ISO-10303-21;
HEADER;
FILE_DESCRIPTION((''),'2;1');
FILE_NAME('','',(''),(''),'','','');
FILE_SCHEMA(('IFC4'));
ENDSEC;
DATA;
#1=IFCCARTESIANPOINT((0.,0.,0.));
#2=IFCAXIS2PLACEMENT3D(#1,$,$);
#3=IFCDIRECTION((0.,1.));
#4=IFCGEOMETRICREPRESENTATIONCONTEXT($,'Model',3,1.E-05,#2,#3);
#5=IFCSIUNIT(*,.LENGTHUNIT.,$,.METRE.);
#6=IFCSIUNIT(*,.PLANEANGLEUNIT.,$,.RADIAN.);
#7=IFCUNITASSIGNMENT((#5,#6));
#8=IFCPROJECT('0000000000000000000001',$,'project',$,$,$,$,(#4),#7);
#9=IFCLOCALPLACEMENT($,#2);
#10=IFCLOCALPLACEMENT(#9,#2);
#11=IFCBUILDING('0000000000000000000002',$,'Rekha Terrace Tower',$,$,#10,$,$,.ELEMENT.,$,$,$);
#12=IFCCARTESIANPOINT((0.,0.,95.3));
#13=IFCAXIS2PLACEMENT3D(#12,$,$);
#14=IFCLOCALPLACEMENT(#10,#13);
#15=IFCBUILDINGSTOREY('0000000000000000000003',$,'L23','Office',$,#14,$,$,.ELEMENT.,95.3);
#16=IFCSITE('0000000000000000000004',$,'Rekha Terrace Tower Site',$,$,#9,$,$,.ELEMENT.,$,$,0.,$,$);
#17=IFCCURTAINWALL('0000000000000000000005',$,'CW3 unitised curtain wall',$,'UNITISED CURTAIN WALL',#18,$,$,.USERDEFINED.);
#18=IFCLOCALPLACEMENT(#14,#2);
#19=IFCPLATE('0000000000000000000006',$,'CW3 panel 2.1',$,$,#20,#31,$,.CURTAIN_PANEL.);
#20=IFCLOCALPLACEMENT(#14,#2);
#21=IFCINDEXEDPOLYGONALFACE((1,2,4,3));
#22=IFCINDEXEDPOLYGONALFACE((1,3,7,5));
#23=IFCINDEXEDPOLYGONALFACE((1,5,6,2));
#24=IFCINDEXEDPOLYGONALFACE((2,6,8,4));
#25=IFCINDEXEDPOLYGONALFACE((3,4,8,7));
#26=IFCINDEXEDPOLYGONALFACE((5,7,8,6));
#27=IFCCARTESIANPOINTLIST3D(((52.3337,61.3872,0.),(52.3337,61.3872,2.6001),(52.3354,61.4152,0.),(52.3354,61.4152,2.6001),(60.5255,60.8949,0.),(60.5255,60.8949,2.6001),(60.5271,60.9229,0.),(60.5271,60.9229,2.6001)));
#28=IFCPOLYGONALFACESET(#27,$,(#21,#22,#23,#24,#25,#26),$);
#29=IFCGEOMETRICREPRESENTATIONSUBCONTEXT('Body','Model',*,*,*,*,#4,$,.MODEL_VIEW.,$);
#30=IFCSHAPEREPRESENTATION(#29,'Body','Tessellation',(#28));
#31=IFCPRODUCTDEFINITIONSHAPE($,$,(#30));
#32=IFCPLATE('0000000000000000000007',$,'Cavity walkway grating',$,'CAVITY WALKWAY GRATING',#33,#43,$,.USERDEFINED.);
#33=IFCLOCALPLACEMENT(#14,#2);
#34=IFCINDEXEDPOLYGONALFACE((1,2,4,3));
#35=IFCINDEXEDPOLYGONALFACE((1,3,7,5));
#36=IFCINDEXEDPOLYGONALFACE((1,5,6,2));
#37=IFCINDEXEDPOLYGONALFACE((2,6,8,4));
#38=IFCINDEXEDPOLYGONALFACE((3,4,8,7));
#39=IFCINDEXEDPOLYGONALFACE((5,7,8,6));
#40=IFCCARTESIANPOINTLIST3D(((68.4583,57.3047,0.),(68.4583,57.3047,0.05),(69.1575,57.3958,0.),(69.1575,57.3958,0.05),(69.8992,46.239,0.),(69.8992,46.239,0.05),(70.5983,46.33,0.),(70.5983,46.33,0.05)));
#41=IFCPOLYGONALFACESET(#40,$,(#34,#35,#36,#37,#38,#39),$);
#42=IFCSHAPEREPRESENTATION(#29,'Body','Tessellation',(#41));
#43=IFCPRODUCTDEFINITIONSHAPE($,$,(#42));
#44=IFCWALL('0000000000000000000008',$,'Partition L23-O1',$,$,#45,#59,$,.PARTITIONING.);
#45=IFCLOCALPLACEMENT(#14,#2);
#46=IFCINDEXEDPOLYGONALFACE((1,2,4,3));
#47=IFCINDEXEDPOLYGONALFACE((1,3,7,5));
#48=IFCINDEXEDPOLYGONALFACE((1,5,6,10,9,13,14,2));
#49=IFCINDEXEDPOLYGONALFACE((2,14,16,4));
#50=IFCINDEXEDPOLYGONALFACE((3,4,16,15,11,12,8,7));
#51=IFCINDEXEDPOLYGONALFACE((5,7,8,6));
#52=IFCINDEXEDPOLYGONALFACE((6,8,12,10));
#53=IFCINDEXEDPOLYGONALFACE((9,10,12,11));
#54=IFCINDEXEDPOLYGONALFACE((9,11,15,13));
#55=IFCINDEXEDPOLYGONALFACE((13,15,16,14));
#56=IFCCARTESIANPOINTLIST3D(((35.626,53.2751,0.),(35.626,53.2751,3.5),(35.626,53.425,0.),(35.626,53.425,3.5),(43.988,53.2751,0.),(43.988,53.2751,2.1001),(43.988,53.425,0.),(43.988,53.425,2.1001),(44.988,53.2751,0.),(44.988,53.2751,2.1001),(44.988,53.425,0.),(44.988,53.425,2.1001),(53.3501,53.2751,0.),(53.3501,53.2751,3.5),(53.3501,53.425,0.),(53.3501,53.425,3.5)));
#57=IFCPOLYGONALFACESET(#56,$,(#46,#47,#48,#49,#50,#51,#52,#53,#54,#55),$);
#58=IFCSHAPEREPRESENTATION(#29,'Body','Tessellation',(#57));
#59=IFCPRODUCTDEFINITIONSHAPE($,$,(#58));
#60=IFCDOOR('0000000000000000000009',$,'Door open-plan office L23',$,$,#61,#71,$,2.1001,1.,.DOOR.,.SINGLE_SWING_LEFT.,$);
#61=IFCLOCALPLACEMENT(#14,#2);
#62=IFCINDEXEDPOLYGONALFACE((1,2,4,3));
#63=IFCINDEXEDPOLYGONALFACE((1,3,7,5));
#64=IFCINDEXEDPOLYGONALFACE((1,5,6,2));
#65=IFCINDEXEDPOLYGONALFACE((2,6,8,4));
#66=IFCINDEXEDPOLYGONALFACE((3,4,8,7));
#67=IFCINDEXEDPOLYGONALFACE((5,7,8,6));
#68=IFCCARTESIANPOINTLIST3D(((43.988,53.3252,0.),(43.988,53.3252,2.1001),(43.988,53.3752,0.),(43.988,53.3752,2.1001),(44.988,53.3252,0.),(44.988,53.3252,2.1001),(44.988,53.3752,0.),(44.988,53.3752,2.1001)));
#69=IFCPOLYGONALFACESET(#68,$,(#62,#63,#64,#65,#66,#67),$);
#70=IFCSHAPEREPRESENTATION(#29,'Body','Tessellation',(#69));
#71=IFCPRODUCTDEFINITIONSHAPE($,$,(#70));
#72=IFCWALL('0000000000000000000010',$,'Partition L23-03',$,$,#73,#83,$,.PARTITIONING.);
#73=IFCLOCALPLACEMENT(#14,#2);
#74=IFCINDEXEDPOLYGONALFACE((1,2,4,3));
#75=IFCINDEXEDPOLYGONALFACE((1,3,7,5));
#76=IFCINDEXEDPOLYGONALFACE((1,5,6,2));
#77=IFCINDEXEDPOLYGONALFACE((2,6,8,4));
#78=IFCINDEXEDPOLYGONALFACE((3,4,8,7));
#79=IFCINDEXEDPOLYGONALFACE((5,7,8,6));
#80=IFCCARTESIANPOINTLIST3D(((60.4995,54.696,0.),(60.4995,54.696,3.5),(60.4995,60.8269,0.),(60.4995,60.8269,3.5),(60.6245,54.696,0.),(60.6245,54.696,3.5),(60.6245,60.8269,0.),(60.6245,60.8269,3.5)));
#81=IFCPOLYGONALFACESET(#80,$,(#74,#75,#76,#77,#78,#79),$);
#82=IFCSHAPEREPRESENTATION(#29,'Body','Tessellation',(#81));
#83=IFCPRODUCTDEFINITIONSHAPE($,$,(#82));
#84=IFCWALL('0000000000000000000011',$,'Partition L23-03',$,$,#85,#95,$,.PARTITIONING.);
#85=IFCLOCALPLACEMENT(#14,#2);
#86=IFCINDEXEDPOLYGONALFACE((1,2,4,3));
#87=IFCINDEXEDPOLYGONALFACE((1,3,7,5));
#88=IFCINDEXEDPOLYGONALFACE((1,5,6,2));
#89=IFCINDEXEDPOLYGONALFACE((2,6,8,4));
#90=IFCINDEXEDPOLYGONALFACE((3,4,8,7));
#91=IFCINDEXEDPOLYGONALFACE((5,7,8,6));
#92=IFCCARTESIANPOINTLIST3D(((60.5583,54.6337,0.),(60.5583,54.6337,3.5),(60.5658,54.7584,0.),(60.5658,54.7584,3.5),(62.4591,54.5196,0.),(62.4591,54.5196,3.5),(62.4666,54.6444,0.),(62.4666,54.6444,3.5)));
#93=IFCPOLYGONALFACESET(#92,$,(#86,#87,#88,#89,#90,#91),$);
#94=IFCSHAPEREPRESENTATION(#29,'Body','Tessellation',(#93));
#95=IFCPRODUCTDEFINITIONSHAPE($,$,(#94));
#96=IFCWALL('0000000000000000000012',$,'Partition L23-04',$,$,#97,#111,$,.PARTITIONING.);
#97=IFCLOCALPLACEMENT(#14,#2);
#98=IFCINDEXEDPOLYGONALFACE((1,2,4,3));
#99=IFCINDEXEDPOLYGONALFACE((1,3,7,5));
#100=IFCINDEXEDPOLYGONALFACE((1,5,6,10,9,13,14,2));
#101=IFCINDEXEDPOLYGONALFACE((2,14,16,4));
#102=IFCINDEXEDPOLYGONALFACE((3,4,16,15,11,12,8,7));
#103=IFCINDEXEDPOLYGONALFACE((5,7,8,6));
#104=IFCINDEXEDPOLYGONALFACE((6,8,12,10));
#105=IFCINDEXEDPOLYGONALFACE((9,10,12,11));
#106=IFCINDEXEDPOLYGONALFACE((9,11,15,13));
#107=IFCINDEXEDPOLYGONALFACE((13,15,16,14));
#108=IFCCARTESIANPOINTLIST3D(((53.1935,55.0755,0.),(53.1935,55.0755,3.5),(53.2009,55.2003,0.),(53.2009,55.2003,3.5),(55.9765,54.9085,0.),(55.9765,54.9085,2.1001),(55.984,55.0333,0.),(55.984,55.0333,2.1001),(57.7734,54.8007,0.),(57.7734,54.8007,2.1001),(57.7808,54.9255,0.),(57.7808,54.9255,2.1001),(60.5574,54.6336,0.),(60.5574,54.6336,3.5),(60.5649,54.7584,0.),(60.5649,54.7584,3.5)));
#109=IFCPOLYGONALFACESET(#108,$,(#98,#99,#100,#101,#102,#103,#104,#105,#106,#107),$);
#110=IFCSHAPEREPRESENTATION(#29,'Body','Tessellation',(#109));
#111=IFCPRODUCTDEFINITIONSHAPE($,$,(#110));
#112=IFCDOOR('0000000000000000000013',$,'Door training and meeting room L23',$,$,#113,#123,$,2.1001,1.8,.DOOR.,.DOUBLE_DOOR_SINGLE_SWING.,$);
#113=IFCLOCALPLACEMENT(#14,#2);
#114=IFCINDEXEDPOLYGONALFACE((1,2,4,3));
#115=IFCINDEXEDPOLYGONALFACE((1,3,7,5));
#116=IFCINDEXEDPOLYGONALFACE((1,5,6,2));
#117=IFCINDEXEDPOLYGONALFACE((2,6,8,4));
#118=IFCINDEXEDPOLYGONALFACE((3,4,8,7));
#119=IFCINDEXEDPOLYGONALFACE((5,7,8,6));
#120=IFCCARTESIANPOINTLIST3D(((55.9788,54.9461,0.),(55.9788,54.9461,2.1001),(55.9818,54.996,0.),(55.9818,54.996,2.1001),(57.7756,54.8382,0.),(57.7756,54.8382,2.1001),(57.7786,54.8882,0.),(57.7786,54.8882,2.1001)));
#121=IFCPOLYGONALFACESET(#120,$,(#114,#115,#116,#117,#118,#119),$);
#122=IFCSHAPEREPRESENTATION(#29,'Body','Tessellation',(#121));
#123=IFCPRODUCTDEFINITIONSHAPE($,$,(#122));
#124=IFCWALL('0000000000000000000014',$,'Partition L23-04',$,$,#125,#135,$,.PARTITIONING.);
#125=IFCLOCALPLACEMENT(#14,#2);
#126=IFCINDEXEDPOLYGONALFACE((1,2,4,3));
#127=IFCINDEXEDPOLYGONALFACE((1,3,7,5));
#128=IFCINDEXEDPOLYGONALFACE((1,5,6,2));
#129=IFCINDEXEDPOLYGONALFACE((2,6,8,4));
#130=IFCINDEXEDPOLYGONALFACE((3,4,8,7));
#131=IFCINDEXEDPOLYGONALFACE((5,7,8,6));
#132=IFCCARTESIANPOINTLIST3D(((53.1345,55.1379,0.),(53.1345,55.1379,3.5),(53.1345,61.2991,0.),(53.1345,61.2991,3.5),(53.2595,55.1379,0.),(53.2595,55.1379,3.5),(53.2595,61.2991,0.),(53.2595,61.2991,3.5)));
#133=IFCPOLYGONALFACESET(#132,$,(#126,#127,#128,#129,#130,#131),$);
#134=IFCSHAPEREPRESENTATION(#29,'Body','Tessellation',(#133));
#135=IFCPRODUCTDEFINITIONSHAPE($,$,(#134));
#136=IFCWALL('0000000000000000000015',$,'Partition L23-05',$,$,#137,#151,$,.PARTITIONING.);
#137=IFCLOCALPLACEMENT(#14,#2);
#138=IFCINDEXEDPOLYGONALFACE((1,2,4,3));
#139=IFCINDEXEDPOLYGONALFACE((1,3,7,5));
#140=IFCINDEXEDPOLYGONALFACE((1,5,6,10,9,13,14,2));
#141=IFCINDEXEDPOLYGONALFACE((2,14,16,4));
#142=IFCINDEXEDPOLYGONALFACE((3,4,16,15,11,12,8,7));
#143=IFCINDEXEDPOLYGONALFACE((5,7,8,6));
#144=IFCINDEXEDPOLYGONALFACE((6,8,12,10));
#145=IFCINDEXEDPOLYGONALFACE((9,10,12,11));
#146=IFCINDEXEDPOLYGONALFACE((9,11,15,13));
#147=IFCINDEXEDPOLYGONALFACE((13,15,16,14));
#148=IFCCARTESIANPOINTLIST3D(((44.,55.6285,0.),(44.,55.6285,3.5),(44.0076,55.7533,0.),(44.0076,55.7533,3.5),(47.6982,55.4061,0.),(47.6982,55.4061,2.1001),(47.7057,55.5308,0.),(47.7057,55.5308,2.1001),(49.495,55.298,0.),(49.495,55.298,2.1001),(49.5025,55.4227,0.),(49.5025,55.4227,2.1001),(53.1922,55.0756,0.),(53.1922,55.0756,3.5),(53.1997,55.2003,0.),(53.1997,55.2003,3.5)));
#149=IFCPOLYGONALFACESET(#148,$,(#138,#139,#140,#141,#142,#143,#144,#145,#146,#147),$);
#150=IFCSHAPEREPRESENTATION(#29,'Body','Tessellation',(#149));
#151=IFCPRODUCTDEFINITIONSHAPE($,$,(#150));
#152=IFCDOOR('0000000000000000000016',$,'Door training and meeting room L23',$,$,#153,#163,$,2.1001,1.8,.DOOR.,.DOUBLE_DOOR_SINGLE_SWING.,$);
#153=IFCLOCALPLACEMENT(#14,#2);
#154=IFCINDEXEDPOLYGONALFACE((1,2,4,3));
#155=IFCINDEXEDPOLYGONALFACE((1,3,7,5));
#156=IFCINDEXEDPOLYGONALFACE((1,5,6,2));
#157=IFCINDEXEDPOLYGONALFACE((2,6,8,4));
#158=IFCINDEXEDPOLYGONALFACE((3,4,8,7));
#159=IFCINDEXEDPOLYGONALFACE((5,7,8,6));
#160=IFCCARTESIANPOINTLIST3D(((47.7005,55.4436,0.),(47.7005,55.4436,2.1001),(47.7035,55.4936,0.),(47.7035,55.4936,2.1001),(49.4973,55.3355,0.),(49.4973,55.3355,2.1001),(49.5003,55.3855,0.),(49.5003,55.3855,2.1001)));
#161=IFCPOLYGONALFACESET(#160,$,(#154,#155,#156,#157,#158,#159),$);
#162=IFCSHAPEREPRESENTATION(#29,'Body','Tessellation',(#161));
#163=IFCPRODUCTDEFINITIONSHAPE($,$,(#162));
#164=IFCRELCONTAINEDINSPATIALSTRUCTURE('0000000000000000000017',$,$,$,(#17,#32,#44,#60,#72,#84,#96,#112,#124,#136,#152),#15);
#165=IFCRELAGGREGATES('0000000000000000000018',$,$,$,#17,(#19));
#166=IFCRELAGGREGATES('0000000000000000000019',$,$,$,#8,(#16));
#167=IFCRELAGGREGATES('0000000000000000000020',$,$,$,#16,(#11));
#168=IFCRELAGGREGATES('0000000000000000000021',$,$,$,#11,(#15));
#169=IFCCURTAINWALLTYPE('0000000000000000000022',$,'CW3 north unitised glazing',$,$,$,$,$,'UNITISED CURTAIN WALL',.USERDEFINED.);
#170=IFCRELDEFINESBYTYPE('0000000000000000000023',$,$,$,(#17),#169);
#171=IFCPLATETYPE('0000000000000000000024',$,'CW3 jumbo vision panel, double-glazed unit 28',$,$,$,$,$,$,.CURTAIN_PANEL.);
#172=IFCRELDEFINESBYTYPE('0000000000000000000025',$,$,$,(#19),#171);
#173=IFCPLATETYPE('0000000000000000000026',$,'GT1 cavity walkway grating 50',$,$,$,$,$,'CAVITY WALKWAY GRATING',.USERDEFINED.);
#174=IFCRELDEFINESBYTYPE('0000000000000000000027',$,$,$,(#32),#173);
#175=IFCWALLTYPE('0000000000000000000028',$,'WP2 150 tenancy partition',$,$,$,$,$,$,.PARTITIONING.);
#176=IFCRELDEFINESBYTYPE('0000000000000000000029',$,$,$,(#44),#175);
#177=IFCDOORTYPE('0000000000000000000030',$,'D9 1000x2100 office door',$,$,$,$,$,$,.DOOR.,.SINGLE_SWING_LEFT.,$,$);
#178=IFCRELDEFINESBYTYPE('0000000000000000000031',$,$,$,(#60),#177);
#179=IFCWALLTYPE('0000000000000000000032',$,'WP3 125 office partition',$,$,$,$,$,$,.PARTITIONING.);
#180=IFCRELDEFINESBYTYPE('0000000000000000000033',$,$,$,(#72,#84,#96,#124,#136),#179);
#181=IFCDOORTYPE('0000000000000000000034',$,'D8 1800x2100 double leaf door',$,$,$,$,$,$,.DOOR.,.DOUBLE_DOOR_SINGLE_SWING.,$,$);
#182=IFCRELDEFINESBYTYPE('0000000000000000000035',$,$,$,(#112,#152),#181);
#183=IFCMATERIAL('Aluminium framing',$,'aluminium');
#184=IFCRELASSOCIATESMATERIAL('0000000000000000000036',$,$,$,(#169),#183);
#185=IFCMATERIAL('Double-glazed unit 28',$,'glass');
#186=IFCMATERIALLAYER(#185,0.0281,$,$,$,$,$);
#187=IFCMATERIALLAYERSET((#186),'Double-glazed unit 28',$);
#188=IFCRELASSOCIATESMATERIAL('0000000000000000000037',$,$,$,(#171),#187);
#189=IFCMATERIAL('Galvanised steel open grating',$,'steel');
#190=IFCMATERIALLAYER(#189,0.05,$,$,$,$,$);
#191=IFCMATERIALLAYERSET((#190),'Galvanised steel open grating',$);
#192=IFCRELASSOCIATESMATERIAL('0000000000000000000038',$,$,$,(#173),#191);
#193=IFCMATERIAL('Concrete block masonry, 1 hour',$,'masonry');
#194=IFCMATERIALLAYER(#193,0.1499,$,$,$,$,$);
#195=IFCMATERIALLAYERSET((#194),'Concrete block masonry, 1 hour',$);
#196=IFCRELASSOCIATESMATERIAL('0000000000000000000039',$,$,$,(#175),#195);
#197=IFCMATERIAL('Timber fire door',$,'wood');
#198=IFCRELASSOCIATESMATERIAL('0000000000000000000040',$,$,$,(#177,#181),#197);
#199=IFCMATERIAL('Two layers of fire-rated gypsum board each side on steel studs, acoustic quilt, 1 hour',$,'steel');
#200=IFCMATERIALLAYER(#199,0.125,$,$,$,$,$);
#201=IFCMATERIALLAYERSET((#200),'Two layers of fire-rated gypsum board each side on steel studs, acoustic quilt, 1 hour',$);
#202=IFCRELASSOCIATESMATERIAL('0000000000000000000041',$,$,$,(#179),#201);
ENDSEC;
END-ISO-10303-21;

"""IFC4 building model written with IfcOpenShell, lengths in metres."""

from ifc_helpers import new_model, si_unit, direction, frame, frame_2d, origin, origin_2d, place, context, subcontext, project, spatial, rectangle, extrude, material, layer, layer_set, type_object, element, fill, aggregate, save


model = new_model("IFC4")

# Units and contexts
model_context = context("Model", 3, precision=1e-05, world=origin(), true_north=direction((0.0, 1.0)))
body_context = subcontext(model_context, "Body", "Model", "MODEL_VIEW")
ifc_project = project(units=[si_unit("LENGTHUNIT", "METRE"), si_unit("PLANEANGLEUNIT", "RADIAN")], contexts=[model_context])

# Site, building, storey
site_placement = place(None, origin())
site = spatial("IfcSite", under=ifc_project, at=site_placement, Name="Rekha Terrace Tower Site", CompositionType="ELEMENT", RefElevation=0.0)
building_placement = place(site_placement, origin())
building = spatial("IfcBuilding", under=site, at=building_placement, Name="Rekha Terrace Tower", CompositionType="ELEMENT")
storey_placement = place(building_placement, frame((0.0, 0.0, 95.3)))
storey = spatial("IfcBuildingStorey", under=building, at=storey_placement, Name="L23", Description="Office", CompositionType="ELEMENT", Elevation=95.3)

# Shared definitions
ifc_material_1 = material(Name="Aluminium framing", Category="aluminium")

# Curtain wall
curtain_wall_type_1 = type_object("IfcCurtainWallType", Name="CW3 north unitised glazing", ElementType="UNITISED CURTAIN WALL", PredefinedType="USERDEFINED", material=ifc_material_1)
curtain_wall_1_placement = place(storey_placement, origin())
curtain_wall_1 = element("IfcCurtainWall", 1, at=curtain_wall_1_placement, inside=storey, type_object=curtain_wall_type_1, Name="CW3 unitised curtain wall", ObjectType="UNITISED CURTAIN WALL", PredefinedType="USERDEFINED")

# Plates
ifc_material_2 = material(Name="Double-glazed unit 28", Category="glass")
ifc_layer_1 = layer(ifc_material_2, 0.0281)
ifc_layer_set_1 = layer_set([ifc_layer_1], Name="Double-glazed unit 28")
plate_type_1 = type_object("IfcPlateType", Name="CW3 jumbo vision panel, double-glazed unit 28", PredefinedType="CURTAIN_PANEL", material=ifc_layer_set_1)
plate_1_placement = place(storey_placement, frame((56.4304, 61.155, 0.0), z_axis=(0.0, 0.0, 1.0), x_axis=(-0.998199, 0.059988, 0.0)))
plate_1 = element("IfcPlate", 2, at=plate_1_placement, type_object=plate_type_1, Name="CW3 panel 2.1", PredefinedType="CURTAIN_PANEL", context=body_context, shape_type="SweptSolid", body=[
    extrude(rectangle(XDim=8.2065, YDim=0.0281, at=origin_2d()), origin(), (0.0, 0.0, 1.0), 2.6001),
])
aggregate(curtain_wall_1, [plate_1])
ifc_material_3 = material(Name="Galvanised steel open grating", Category="steel")
ifc_layer_2 = layer(ifc_material_3, 0.05)
ifc_layer_set_2 = layer_set([ifc_layer_2], Name="Galvanised steel open grating")
plate_type_2 = type_object("IfcPlateType", Name="GT1 cavity walkway grating 50", ElementType="CAVITY WALKWAY GRATING", PredefinedType="USERDEFINED", material=ifc_layer_set_2)
plate_2_placement = place(storey_placement, frame((69.5283, 51.8174, 0.0), z_axis=(0.0, 0.0, 1.0), x_axis=(-0.129118, 0.991629, 0.0)))
element("IfcPlate", 3, at=plate_2_placement, inside=storey, type_object=plate_type_2, Name="Cavity walkway grating", ObjectType="CAVITY WALKWAY GRATING", PredefinedType="USERDEFINED", context=body_context, shape_type="SweptSolid", body=[
    extrude(rectangle(XDim=11.1592, YDim=0.7051, at=origin_2d()), origin(), (0.0, 0.0, 1.0), 0.05),
])

# Wall, opening, door
ifc_material_4 = material(Name="Concrete block masonry, 1 hour", Category="masonry")
ifc_layer_3 = layer(ifc_material_4, 0.1499)
ifc_layer_set_3 = layer_set([ifc_layer_3], Name="Concrete block masonry, 1 hour")
wall_type_1 = type_object("IfcWallType", Name="WP2 150 tenancy partition", PredefinedType="PARTITIONING", material=ifc_layer_set_3)
wall_1_placement = place(storey_placement, frame((53.3501, 53.3501, 0.0), z_axis=(0.0, 0.0, 1.0), x_axis=(-1.0, 0.0, 0.0)))
wall_1 = element("IfcWall", 4, at=wall_1_placement, inside=storey, type_object=wall_type_1, Name="Partition L23-O1", PredefinedType="PARTITIONING", context=body_context, shape_type="SweptSolid", body=[
    extrude(rectangle(XDim=17.7241, YDim=0.1499, at=frame_2d((8.8621, 0.0))), origin(), (0.0, 0.0, 1.0), 3.5),
])
opening_1_placement = place(wall_1_placement, frame((8.3621, 0.0, 0.0)))
opening_1 = element("IfcOpeningElement", 5, at=opening_1_placement, cuts=wall_1, PredefinedType="OPENING", context=body_context, shape_type="SweptSolid", body=[
    extrude(rectangle(XDim=1.0, YDim=2.1001, at=frame_2d((0.5, 1.05))), frame((0.0, 0.085, 0.0), z_axis=(0.0, -1.0, 0.0), x_axis=(1.0, 0.0, 0.0)), (0.0, 0.0, 1.0), 0.1699),
])
ifc_material_5 = material(Name="Timber fire door", Category="wood")
door_type_1 = type_object("IfcDoorType", Name="D9 1000x2100 office door", OperationType="SINGLE_SWING_LEFT", PredefinedType="DOOR", material=ifc_material_5)
door_1_placement = place(opening_1_placement, origin())
door_1 = element("IfcDoor", 6, at=door_1_placement, inside=storey, type_object=door_type_1, Name="Door open-plan office L23", OperationType="SINGLE_SWING_LEFT", OverallHeight=2.1001, OverallWidth=1.0, PredefinedType="DOOR", context=body_context, shape_type="SweptSolid", body=[
    extrude(rectangle(XDim=1.0, YDim=2.1001, at=frame_2d((0.5, 1.05))), frame((0.0, 0.0249, 0.0), z_axis=(0.0, -1.0, 0.0), x_axis=(1.0, 0.0, 0.0)), (0.0, 0.0, 1.0), 0.05),
])
fill(opening_1, door_1)

# Walls
ifc_material_6 = material(Name="Two layers of fire-rated gypsum board each side on steel studs, acoustic quilt, 1 hour", Category="steel")
ifc_layer_4 = layer(ifc_material_6, 0.125)
ifc_layer_set_4 = layer_set([ifc_layer_4], Name="Two layers of fire-rated gypsum board each side on steel studs, acoustic quilt, 1 hour")
wall_type_2 = type_object("IfcWallType", Name="WP3 125 office partition", PredefinedType="PARTITIONING", material=ifc_layer_set_4)
wall_2_placement = place(storey_placement, frame((60.562, 54.696, 0.0), z_axis=(0.0, 0.0, 1.0), x_axis=(0.0, 1.0, 0.0)))
element("IfcWall", 7, at=wall_2_placement, inside=storey, type_object=wall_type_2, Name="Partition L23-03", PredefinedType="PARTITIONING", context=body_context, shape_type="SweptSolid", body=[
    extrude(rectangle(XDim=6.1309, YDim=0.125, at=frame_2d((3.0654, 0.0))), origin(), (0.0, 0.0, 1.0), 3.5),
])
wall_3_placement = place(storey_placement, frame((62.4629, 54.582, 0.0), z_axis=(0.0, 0.0, 1.0), x_axis=(-0.998206, 0.059872, 0.0)))
element("IfcWall", 8, at=wall_3_placement, inside=storey, type_object=wall_type_2, Name="Partition L23-03", PredefinedType="PARTITIONING", context=body_context, shape_type="SweptSolid", body=[
    extrude(rectangle(XDim=1.9043, YDim=0.125, at=frame_2d((0.9521, 0.0))), origin(), (0.0, 0.0, 1.0), 3.5),
])

# Wall, opening, door
wall_4_placement = place(storey_placement, frame((60.561, 54.696, 0.0), z_axis=(0.0, 0.0, 1.0), x_axis=(-0.998204, 0.0599, 0.0)))
wall_4 = element("IfcWall", 9, at=wall_4_placement, inside=storey, type_object=wall_type_2, Name="Partition L23-04", PredefinedType="PARTITIONING", context=body_context, shape_type="SweptSolid", body=[
    extrude(rectangle(XDim=7.3772, YDim=0.125, at=frame_2d((3.6885, 0.0))), origin(), (0.0, 0.0, 1.0), 3.5),
])
opening_2_placement = place(wall_4_placement, frame((2.7891, 0.0, 0.0)))
opening_2 = element("IfcOpeningElement", 10, at=opening_2_placement, cuts=wall_4, PredefinedType="OPENING", context=body_context, shape_type="SweptSolid", body=[
    extrude(rectangle(XDim=1.8, YDim=2.1001, at=frame_2d((0.8999, 1.05))), frame((0.0, 0.0725, 0.0), z_axis=(0.0, -1.0, 0.0), x_axis=(1.0, 0.0, 0.0)), (0.0, 0.0, 1.0), 0.145),
])
door_type_2 = type_object("IfcDoorType", Name="D8 1800x2100 double leaf door", OperationType="DOUBLE_DOOR_SINGLE_SWING", PredefinedType="DOOR", material=ifc_material_5)
door_2_placement = place(opening_2_placement, origin())
door_2 = element("IfcDoor", 11, at=door_2_placement, inside=storey, type_object=door_type_2, Name="Door training and meeting room L23", OperationType="DOUBLE_DOOR_SINGLE_SWING", OverallHeight=2.1001, OverallWidth=1.8, PredefinedType="DOOR", context=body_context, shape_type="SweptSolid", body=[
    extrude(rectangle(XDim=1.8, YDim=2.1001, at=frame_2d((0.8999, 1.05))), frame((0.0, 0.0249, 0.0), z_axis=(0.0, -1.0, 0.0), x_axis=(1.0, 0.0, 0.0)), (0.0, 0.0, 1.0), 0.05),
])
fill(opening_2, door_2)

# Wall
wall_5_placement = place(storey_placement, frame((53.197, 55.1379, 0.0), z_axis=(0.0, 0.0, 1.0), x_axis=(0.0, 1.0, 0.0)))
element("IfcWall", 12, at=wall_5_placement, inside=storey, type_object=wall_type_2, Name="Partition L23-04", PredefinedType="PARTITIONING", context=body_context, shape_type="SweptSolid", body=[
    extrude(rectangle(XDim=6.1611, YDim=0.125, at=frame_2d((3.0806, 0.0))), origin(), (0.0, 0.0, 1.0), 3.5),
])

# Wall, opening, door
wall_6_placement = place(storey_placement, frame((53.196, 55.1379, 0.0), z_axis=(0.0, 0.0, 1.0), x_axis=(-0.998195, 0.060049, 0.0)))
wall_6 = element("IfcWall", 13, at=wall_6_placement, inside=storey, type_object=wall_type_2, Name="Partition L23-05", PredefinedType="PARTITIONING", context=body_context, shape_type="SweptSolid", body=[
    extrude(rectangle(XDim=9.2087, YDim=0.125, at=frame_2d((4.6045, 0.0))), origin(), (0.0, 0.0, 1.0), 3.5),
])
opening_3_placement = place(wall_6_placement, frame((3.7041, 0.0, 0.0)))
opening_3 = element("IfcOpeningElement", 14, at=opening_3_placement, cuts=wall_6, PredefinedType="OPENING", context=body_context, shape_type="SweptSolid", body=[
    extrude(rectangle(XDim=1.8, YDim=2.1001, at=frame_2d((0.8999, 1.05))), frame((0.0, 0.0725, 0.0), z_axis=(0.0, -1.0, 0.0), x_axis=(1.0, 0.0, 0.0)), (0.0, 0.0, 1.0), 0.145),
])
door_3_placement = place(opening_3_placement, origin())
door_3 = element("IfcDoor", 15, at=door_3_placement, inside=storey, type_object=door_type_2, Name="Door training and meeting room L23", OperationType="DOUBLE_DOOR_SINGLE_SWING", OverallHeight=2.1001, OverallWidth=1.8, PredefinedType="DOOR", context=body_context, shape_type="SweptSolid", body=[
    extrude(rectangle(XDim=1.8, YDim=2.1001, at=frame_2d((0.8999, 1.05))), frame((0.0, 0.0249, 0.0), z_axis=(0.0, -1.0, 0.0), x_axis=(1.0, 0.0, 0.0)), (0.0, 0.0, 1.0), 0.05),
])
fill(opening_3, door_3)

save(model, "model.ifc")
